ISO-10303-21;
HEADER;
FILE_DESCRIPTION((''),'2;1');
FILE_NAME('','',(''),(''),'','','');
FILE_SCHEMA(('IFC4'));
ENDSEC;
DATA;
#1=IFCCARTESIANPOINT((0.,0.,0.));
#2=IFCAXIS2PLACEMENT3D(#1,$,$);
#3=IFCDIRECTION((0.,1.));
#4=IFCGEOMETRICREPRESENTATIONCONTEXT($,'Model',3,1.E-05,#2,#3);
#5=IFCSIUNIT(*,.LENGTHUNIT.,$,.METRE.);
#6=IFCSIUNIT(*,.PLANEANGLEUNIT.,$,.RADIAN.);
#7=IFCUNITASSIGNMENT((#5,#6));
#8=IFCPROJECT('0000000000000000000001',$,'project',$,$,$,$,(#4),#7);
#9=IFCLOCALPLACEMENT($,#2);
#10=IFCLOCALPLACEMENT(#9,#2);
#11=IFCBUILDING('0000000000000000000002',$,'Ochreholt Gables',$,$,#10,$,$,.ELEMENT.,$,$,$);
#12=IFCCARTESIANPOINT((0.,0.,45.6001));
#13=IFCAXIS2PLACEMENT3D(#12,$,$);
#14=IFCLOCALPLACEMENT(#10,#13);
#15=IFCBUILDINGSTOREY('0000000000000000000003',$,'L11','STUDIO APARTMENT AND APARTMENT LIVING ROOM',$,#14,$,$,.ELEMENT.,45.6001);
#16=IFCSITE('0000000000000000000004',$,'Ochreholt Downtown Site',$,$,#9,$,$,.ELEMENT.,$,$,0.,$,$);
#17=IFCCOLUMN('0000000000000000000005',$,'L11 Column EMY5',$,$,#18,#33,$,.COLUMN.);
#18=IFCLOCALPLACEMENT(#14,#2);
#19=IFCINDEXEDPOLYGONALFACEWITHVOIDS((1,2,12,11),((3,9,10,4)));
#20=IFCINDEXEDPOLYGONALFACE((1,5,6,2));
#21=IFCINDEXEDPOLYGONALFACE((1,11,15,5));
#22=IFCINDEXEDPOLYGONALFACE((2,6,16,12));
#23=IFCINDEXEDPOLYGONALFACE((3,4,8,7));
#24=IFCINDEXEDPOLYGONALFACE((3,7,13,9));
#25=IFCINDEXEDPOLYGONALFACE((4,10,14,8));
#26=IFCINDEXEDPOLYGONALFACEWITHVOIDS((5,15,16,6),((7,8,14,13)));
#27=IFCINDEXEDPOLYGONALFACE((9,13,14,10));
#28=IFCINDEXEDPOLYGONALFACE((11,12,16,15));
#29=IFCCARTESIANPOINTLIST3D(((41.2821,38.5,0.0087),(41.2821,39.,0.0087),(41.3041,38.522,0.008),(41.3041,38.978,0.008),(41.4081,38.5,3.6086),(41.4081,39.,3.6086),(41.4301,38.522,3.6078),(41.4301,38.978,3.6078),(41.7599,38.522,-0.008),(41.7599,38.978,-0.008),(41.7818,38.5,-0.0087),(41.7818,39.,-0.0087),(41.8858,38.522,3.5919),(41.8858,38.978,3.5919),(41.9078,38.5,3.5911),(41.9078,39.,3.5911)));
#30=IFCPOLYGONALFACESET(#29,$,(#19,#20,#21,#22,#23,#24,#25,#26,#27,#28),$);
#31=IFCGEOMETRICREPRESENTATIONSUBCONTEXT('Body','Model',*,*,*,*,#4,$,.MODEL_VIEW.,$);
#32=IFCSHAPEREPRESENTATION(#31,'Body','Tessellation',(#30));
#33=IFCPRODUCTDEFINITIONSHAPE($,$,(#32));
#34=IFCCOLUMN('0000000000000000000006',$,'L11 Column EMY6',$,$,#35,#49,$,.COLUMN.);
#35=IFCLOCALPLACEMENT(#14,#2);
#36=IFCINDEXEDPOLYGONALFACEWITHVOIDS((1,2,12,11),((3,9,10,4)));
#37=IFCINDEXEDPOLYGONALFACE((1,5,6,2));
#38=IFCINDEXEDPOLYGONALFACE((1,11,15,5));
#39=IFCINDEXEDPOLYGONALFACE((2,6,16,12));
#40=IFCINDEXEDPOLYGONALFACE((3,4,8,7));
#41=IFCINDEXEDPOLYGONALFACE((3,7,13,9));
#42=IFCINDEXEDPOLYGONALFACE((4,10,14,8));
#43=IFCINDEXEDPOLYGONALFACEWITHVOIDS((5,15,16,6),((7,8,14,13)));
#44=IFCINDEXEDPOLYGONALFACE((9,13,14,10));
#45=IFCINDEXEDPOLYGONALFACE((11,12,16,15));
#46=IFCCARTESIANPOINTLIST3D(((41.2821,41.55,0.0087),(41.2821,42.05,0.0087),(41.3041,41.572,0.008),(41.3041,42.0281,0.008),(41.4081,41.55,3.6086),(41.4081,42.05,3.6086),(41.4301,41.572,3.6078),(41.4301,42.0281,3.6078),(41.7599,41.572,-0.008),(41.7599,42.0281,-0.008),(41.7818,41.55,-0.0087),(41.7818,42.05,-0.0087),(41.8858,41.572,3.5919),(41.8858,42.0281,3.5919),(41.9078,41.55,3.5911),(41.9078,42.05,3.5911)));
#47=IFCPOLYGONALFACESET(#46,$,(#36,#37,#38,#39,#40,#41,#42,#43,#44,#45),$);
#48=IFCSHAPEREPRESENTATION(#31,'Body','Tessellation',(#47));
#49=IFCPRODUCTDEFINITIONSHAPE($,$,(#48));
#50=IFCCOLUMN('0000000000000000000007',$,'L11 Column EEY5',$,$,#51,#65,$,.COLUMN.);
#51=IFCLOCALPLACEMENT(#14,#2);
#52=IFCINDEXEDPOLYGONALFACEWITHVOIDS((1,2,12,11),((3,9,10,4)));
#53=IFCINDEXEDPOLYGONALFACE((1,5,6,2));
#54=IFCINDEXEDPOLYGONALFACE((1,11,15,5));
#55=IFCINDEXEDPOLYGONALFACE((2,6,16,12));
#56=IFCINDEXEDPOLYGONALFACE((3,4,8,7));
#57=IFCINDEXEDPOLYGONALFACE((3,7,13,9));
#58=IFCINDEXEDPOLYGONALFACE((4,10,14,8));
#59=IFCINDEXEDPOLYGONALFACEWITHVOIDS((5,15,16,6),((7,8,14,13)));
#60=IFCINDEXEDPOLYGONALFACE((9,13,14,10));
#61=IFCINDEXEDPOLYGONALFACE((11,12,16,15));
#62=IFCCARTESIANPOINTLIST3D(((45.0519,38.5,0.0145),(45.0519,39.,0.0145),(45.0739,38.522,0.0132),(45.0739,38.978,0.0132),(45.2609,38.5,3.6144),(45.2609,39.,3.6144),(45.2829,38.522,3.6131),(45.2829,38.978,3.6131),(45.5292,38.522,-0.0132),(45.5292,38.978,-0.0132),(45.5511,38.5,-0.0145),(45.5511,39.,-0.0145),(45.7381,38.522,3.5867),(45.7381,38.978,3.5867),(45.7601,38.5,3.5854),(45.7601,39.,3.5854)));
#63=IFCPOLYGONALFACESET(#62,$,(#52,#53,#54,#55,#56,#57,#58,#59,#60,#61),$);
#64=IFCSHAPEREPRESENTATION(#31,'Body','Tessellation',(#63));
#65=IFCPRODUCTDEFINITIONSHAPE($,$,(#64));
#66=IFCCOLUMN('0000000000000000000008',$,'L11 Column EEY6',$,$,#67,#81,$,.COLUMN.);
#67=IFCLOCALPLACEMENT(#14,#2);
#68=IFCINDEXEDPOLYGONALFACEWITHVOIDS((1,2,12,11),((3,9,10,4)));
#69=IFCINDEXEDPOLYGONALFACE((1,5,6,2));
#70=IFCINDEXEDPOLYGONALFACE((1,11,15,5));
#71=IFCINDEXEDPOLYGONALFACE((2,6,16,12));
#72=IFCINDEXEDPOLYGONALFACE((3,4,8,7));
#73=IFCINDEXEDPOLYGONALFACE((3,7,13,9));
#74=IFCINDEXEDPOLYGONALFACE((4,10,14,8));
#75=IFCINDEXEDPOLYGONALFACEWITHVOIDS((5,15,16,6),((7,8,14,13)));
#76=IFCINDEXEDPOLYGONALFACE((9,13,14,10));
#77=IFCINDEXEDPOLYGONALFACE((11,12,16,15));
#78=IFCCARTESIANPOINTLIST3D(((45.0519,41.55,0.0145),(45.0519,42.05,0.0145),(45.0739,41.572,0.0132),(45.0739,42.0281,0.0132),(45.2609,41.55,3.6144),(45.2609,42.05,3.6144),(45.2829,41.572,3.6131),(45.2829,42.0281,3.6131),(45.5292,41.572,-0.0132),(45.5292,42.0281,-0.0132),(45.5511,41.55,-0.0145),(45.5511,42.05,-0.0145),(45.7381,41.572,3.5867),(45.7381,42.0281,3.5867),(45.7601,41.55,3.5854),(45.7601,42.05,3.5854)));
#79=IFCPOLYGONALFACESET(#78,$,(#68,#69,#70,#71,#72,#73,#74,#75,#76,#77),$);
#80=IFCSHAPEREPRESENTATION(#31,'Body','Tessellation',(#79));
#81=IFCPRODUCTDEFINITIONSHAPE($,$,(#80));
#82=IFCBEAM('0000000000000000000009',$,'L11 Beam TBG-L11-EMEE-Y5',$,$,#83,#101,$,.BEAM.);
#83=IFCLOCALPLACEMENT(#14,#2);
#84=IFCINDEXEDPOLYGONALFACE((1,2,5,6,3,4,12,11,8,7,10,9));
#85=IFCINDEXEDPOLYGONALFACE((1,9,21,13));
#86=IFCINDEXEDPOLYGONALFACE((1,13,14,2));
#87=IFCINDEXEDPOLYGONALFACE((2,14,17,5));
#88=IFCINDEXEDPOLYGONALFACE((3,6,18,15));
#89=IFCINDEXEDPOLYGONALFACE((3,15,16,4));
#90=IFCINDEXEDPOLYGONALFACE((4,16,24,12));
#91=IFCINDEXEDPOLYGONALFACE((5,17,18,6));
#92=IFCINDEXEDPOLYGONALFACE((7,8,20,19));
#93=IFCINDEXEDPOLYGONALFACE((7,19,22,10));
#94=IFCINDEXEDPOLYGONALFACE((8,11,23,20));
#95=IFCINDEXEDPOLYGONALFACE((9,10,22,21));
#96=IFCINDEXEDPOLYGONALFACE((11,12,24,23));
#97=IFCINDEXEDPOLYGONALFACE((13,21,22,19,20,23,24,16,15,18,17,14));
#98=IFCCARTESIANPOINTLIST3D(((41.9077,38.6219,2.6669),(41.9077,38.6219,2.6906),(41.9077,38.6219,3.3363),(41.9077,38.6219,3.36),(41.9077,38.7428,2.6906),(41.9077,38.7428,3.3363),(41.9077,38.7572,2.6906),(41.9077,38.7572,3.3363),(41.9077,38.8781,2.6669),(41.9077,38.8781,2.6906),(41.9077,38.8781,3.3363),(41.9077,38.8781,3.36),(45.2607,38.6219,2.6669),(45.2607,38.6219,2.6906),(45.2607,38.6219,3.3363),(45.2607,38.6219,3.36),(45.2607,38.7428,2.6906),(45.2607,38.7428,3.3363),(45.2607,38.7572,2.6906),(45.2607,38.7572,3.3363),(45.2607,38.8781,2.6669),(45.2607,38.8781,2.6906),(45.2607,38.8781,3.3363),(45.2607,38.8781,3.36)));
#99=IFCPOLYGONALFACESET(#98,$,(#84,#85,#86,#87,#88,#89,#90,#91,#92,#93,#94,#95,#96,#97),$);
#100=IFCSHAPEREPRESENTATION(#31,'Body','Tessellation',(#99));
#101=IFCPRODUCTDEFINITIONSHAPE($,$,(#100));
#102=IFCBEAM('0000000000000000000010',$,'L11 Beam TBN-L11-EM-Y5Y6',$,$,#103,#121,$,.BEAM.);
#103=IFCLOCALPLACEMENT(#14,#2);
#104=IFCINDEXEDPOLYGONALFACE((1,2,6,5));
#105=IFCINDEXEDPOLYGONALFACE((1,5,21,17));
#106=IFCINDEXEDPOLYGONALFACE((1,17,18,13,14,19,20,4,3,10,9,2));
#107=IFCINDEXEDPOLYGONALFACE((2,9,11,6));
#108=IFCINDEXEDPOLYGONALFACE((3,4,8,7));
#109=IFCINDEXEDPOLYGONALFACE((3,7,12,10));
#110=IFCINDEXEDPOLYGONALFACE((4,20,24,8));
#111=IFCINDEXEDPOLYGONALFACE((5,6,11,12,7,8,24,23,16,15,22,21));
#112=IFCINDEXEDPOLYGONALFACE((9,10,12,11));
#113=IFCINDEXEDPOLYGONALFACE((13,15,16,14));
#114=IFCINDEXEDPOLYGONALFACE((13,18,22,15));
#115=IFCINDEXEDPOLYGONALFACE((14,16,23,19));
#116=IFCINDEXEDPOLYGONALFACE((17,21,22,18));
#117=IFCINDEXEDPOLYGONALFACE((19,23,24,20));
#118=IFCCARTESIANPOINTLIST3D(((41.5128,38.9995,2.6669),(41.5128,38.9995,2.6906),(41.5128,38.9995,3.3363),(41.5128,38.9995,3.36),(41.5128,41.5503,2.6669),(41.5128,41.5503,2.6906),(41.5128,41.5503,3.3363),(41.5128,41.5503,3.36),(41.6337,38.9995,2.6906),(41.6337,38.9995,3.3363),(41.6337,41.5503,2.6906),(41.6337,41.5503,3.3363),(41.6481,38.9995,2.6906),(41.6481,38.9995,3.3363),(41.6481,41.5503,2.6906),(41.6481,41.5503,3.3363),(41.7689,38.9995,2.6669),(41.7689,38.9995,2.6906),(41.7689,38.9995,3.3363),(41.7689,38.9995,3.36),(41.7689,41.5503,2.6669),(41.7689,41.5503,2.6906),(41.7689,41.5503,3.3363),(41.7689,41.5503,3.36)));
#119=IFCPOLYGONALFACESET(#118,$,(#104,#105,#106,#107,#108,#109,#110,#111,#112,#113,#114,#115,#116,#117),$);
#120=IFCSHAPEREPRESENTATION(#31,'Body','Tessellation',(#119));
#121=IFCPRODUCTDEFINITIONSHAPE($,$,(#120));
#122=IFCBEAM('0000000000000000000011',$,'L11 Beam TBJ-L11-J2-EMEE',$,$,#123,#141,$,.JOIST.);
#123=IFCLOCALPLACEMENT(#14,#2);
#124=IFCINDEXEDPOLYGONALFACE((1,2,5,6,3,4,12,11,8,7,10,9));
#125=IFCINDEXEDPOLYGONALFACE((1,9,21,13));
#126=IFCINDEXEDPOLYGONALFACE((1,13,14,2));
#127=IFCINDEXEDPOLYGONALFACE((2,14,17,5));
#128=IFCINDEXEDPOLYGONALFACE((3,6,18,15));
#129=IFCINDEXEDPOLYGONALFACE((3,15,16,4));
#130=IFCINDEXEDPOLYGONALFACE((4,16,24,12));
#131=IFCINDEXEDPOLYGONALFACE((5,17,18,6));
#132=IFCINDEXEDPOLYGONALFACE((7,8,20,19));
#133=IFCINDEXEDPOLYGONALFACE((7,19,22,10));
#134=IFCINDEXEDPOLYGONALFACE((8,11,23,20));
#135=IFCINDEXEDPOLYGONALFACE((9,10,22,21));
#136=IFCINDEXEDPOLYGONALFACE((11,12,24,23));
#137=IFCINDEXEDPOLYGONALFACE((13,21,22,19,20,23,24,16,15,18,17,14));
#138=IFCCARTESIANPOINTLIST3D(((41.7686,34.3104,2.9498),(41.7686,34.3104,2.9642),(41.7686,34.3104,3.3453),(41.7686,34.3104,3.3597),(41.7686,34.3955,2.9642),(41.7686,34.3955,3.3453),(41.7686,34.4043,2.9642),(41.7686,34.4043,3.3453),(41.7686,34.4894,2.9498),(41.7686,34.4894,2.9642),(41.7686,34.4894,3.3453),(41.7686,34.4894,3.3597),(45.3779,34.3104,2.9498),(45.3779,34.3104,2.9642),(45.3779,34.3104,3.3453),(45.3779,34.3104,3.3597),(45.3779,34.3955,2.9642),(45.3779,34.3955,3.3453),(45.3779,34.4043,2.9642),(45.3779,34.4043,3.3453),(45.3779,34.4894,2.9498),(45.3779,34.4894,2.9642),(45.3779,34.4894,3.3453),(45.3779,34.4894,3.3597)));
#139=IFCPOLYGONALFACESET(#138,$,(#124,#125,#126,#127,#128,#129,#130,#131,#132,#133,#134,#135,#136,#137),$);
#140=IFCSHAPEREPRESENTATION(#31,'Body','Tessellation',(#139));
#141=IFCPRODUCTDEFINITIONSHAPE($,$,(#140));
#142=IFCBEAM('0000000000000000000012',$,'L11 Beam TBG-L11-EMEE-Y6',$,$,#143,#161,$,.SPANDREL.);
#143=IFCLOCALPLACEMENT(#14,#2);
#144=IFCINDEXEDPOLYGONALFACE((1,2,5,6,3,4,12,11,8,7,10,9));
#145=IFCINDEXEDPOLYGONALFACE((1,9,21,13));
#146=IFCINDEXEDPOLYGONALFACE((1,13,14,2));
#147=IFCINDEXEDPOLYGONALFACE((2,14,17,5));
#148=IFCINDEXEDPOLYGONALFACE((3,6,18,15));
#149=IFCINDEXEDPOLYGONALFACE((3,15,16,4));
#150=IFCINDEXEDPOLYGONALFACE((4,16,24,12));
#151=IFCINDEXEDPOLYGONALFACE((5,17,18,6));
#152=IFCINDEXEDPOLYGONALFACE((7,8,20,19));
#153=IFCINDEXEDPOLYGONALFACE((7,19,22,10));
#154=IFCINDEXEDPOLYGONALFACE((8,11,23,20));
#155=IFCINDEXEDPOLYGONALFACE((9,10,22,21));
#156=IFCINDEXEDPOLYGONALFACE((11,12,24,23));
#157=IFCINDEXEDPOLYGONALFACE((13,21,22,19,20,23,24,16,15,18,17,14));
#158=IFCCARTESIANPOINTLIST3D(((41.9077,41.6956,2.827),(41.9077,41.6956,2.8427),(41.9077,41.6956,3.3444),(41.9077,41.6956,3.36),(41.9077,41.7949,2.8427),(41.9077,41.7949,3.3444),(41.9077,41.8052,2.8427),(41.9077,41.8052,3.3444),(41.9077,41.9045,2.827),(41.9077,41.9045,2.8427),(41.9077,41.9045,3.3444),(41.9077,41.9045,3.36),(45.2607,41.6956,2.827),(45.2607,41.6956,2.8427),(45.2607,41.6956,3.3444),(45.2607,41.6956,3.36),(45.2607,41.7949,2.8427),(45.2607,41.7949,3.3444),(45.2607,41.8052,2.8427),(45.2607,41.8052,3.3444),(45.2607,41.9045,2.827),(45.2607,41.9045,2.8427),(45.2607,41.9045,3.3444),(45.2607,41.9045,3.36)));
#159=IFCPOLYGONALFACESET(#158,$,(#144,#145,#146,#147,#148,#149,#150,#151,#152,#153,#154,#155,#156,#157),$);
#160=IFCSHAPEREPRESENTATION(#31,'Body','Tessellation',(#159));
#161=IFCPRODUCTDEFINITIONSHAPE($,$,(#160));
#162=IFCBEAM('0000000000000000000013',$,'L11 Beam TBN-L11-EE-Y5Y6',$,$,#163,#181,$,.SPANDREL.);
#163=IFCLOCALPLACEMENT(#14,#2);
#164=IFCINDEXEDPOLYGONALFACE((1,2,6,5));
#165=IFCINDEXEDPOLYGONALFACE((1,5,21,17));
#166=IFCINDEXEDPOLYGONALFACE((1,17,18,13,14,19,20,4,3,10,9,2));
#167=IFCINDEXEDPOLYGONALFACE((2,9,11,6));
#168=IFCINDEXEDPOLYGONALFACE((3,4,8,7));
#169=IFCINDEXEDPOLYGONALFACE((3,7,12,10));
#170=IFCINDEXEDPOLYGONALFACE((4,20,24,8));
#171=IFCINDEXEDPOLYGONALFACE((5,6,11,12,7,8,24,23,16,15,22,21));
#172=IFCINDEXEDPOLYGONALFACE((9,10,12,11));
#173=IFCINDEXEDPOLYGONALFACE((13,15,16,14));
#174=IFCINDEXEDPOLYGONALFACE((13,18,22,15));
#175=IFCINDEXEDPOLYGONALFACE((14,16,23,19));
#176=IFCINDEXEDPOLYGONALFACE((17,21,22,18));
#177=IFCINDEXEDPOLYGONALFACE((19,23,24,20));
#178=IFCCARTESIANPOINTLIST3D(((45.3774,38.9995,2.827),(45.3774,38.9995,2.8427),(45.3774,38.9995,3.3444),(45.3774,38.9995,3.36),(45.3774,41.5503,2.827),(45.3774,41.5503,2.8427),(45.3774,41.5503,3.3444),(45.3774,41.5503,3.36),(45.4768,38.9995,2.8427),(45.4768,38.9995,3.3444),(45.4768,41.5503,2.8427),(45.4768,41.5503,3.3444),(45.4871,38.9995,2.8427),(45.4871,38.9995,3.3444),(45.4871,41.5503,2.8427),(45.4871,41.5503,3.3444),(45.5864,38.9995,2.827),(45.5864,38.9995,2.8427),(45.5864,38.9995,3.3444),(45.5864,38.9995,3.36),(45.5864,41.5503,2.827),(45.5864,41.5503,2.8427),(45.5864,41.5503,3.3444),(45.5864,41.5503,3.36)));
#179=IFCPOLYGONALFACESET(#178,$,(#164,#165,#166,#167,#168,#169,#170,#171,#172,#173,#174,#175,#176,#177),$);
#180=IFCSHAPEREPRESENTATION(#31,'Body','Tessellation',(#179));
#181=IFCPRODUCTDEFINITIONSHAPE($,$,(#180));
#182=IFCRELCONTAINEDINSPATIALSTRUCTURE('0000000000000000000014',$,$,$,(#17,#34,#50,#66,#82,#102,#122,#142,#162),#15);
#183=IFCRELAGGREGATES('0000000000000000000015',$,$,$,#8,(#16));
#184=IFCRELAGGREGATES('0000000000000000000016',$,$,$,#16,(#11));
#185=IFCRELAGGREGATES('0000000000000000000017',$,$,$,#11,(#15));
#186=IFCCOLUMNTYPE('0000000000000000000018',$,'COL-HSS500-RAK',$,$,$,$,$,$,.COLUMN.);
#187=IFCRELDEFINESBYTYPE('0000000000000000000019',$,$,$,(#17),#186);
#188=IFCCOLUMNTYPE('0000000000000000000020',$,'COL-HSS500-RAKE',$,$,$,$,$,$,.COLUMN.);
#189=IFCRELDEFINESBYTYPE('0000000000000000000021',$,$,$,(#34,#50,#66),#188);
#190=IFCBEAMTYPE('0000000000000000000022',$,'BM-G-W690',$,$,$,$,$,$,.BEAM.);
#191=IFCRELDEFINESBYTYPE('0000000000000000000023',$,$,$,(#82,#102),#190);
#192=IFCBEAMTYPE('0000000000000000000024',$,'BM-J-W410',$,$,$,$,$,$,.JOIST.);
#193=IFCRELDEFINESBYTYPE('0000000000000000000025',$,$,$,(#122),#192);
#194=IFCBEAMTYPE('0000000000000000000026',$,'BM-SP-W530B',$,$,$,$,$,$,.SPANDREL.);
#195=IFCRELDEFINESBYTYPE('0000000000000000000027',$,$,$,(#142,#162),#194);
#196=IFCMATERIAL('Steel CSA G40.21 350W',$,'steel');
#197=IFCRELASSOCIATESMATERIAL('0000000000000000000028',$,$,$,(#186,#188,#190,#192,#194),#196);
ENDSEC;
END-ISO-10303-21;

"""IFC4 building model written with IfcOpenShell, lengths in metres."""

from ifc_helpers import new_model, si_unit, direction, frame, origin, origin_2d, place, context, subcontext, project, spatial, hollow_rectangle, i_section, extrude, material, material_profile, profile_set, type_object, element, save


model = new_model("IFC4")

# Units and contexts
model_context = context("Model", 3, precision=1e-05, world=origin(), true_north=direction((0.0, 1.0)))
body_context = subcontext(model_context, "Body", "Model", "MODEL_VIEW")
ifc_project = project(units=[si_unit("LENGTHUNIT", "METRE"), si_unit("PLANEANGLEUNIT", "RADIAN")], contexts=[model_context])

# Site, building, storey
site_placement = place(None, origin())
site = spatial("IfcSite", under=ifc_project, at=site_placement, Name="Ochreholt Downtown Site", CompositionType="ELEMENT", RefElevation=0.0)
building_placement = place(site_placement, origin())
building = spatial("IfcBuilding", under=site, at=building_placement, Name="Ochreholt Gables", CompositionType="ELEMENT")
storey_placement = place(building_placement, frame((0.0, 0.0, 45.6001)))
storey = spatial("IfcBuildingStorey", under=building, at=storey_placement, Name="L11", Description="STUDIO APARTMENT AND APARTMENT LIVING ROOM", CompositionType="ELEMENT", Elevation=45.6001)

# Columns
ifc_material_1 = material(Name="Steel CSA G40.21 350W", Category="steel")
ifc_material_profile_1 = material_profile(ifc_material_1, hollow_rectangle(XDim=0.5, YDim=0.5, WallThickness=0.022, at=origin_2d()), Name="HSS500X500X22")
ifc_profile_set_1 = profile_set([ifc_material_profile_1], Name="Steel CSA G40.21 350W")
column_type_1 = type_object("IfcColumnType", Name="COL-HSS500-RAK", PredefinedType="COLUMN", material=ifc_profile_set_1)
column_1_placement = place(storey_placement, frame((41.532, 38.75, 0.0), z_axis=(0.034974, 0.0, 0.999388), x_axis=(0.0, 1.0, 0.0)))
element("IfcColumn", 1, at=column_1_placement, inside=storey, type_object=column_type_1, Name="L11 Column EMY5", PredefinedType="COLUMN", context=body_context, shape_type="SweptSolid", body=[
    extrude(hollow_rectangle(XDim=0.5, YDim=0.5, WallThickness=0.022, at=origin_2d()), origin(), (0.0, 0.0, 1.0), 3.6021),
])
ifc_material_profile_2 = material_profile(ifc_material_1, hollow_rectangle(XDim=0.5, YDim=0.5, WallThickness=0.022, at=origin_2d()), Name="HSS500X500X22")
ifc_profile_set_2 = profile_set([ifc_material_profile_2], Name="Steel CSA G40.21 350W")
column_type_2 = type_object("IfcColumnType", Name="COL-HSS500-RAKE", PredefinedType="COLUMN", material=ifc_profile_set_2)
column_2_placement = place(storey_placement, frame((41.532, 41.8, 0.0), z_axis=(0.034974, 0.0, 0.999388), x_axis=(0.0, 1.0, 0.0)))
element("IfcColumn", 2, at=column_2_placement, inside=storey, type_object=column_type_2, Name="L11 Column EMY6", PredefinedType="COLUMN", context=body_context, shape_type="SweptSolid", body=[
    extrude(hollow_rectangle(XDim=0.5, YDim=0.5, WallThickness=0.022, at=origin_2d()), origin(), (0.0, 0.0, 1.0), 3.6021),
])
for number, where, z_axis, x_axis, name in (
    (3, (45.3015, 38.75, 0.0), (0.057956, 0.0, 0.998319), (0.0, 1.0, 0.0), "L11 Column EEY5"),
    (4, (45.3015, 41.8, 0.0), (0.057956, 0.0, 0.998319), (0.0, 1.0, 0.0), "L11 Column EEY6"),
):
    element("IfcColumn", number, at=place(storey_placement, frame(where, z_axis=z_axis, x_axis=x_axis)), inside=storey, type_object=column_type_2, Name=name, PredefinedType="COLUMN", context=body_context, shape_type="SweptSolid", body=[
        extrude(hollow_rectangle(XDim=0.5, YDim=0.5, WallThickness=0.022, at=origin_2d()), origin(), (0.0, 0.0, 1.0), 3.606),
    ])

# Beams
ifc_material_profile_3 = material_profile(ifc_material_1, i_section(OverallWidth=0.2561, OverallDepth=0.6931, WebThickness=0.0144, FlangeThickness=0.0237, at=origin_2d()), Name="W690X170")
ifc_profile_set_3 = profile_set([ifc_material_profile_3], Name="Steel CSA G40.21 350W")
beam_type_1 = type_object("IfcBeamType", Name="BM-G-W690", PredefinedType="BEAM", material=ifc_profile_set_3)
beam_1_placement = place(storey_placement, frame((41.9077, 38.75, 3.0134), z_axis=(1.0, 0.0, 0.0), x_axis=(0.0, 1.0, 0.0)))
element("IfcBeam", 5, at=beam_1_placement, inside=storey, type_object=beam_type_1, Name="L11 Beam TBG-L11-EMEE-Y5", PredefinedType="BEAM", context=body_context, shape_type="SweptSolid", body=[
    extrude(i_section(OverallWidth=0.2561, OverallDepth=0.6931, WebThickness=0.0144, FlangeThickness=0.0237, at=origin_2d()), origin(), (0.0, 0.0, 1.0), 3.353),
])
beam_2_placement = place(storey_placement, frame((41.6409, 38.9995, 3.0134), z_axis=(0.0, 1.0, 0.0), x_axis=(-1.0, 0.0, 0.0)))
element("IfcBeam", 6, at=beam_2_placement, inside=storey, type_object=beam_type_1, Name="L11 Beam TBN-L11-EM-Y5Y6", PredefinedType="BEAM", context=body_context, shape_type="SweptSolid", body=[
    extrude(i_section(OverallWidth=0.2561, OverallDepth=0.6931, WebThickness=0.0144, FlangeThickness=0.0237, at=origin_2d()), origin(), (0.0, 0.0, 1.0), 2.5508),
])
ifc_material_profile_4 = material_profile(ifc_material_1, i_section(OverallWidth=0.179, OverallDepth=0.4099, WebThickness=0.0088, FlangeThickness=0.0144, at=origin_2d()), Name="W410X67")
ifc_profile_set_4 = profile_set([ifc_material_profile_4], Name="Steel CSA G40.21 350W")
beam_type_2 = type_object("IfcBeamType", Name="BM-J-W410", PredefinedType="JOIST", material=ifc_profile_set_4)
beam_3_placement = place(storey_placement, frame((41.7686, 34.3999, 3.1548), z_axis=(1.0, 0.0, 0.0), x_axis=(0.0, 1.0, 0.0)))
element("IfcBeam", 7, at=beam_3_placement, inside=storey, type_object=beam_type_2, Name="L11 Beam TBJ-L11-J2-EMEE", PredefinedType="JOIST", context=body_context, shape_type="SweptSolid", body=[
    extrude(i_section(OverallWidth=0.179, OverallDepth=0.4099, WebThickness=0.0088, FlangeThickness=0.0144, at=origin_2d()), origin(), (0.0, 0.0, 1.0), 3.6094),
])
ifc_material_profile_5 = material_profile(ifc_material_1, i_section(OverallWidth=0.209, OverallDepth=0.533, WebThickness=0.0103, FlangeThickness=0.0156, at=origin_2d()), Name="W530X92")
ifc_profile_set_5 = profile_set([ifc_material_profile_5], Name="Steel CSA G40.21 350W")
beam_type_3 = type_object("IfcBeamType", Name="BM-SP-W530B", PredefinedType="SPANDREL", material=ifc_profile_set_5)
beam_4_placement = place(storey_placement, frame((41.9077, 41.8, 3.0935), z_axis=(1.0, 0.0, 0.0), x_axis=(0.0, 1.0, 0.0)))
element("IfcBeam", 8, at=beam_4_placement, inside=storey, type_object=beam_type_3, Name="L11 Beam TBG-L11-EMEE-Y6", PredefinedType="SPANDREL", context=body_context, shape_type="SweptSolid", body=[
    extrude(i_section(OverallWidth=0.209, OverallDepth=0.533, WebThickness=0.0103, FlangeThickness=0.0156, at=origin_2d()), origin(), (0.0, 0.0, 1.0), 3.353),
])
beam_5_placement = place(storey_placement, frame((45.4819, 38.9995, 3.0935), z_axis=(0.0, 1.0, 0.0), x_axis=(-1.0, 0.0, 0.0)))
element("IfcBeam", 9, at=beam_5_placement, inside=storey, type_object=beam_type_3, Name="L11 Beam TBN-L11-EE-Y5Y6", PredefinedType="SPANDREL", context=body_context, shape_type="SweptSolid", body=[
    extrude(i_section(OverallWidth=0.209, OverallDepth=0.533, WebThickness=0.0103, FlangeThickness=0.0156, at=origin_2d()), origin(), (0.0, 0.0, 1.0), 2.5508),
])

save(model, "model.ifc")
